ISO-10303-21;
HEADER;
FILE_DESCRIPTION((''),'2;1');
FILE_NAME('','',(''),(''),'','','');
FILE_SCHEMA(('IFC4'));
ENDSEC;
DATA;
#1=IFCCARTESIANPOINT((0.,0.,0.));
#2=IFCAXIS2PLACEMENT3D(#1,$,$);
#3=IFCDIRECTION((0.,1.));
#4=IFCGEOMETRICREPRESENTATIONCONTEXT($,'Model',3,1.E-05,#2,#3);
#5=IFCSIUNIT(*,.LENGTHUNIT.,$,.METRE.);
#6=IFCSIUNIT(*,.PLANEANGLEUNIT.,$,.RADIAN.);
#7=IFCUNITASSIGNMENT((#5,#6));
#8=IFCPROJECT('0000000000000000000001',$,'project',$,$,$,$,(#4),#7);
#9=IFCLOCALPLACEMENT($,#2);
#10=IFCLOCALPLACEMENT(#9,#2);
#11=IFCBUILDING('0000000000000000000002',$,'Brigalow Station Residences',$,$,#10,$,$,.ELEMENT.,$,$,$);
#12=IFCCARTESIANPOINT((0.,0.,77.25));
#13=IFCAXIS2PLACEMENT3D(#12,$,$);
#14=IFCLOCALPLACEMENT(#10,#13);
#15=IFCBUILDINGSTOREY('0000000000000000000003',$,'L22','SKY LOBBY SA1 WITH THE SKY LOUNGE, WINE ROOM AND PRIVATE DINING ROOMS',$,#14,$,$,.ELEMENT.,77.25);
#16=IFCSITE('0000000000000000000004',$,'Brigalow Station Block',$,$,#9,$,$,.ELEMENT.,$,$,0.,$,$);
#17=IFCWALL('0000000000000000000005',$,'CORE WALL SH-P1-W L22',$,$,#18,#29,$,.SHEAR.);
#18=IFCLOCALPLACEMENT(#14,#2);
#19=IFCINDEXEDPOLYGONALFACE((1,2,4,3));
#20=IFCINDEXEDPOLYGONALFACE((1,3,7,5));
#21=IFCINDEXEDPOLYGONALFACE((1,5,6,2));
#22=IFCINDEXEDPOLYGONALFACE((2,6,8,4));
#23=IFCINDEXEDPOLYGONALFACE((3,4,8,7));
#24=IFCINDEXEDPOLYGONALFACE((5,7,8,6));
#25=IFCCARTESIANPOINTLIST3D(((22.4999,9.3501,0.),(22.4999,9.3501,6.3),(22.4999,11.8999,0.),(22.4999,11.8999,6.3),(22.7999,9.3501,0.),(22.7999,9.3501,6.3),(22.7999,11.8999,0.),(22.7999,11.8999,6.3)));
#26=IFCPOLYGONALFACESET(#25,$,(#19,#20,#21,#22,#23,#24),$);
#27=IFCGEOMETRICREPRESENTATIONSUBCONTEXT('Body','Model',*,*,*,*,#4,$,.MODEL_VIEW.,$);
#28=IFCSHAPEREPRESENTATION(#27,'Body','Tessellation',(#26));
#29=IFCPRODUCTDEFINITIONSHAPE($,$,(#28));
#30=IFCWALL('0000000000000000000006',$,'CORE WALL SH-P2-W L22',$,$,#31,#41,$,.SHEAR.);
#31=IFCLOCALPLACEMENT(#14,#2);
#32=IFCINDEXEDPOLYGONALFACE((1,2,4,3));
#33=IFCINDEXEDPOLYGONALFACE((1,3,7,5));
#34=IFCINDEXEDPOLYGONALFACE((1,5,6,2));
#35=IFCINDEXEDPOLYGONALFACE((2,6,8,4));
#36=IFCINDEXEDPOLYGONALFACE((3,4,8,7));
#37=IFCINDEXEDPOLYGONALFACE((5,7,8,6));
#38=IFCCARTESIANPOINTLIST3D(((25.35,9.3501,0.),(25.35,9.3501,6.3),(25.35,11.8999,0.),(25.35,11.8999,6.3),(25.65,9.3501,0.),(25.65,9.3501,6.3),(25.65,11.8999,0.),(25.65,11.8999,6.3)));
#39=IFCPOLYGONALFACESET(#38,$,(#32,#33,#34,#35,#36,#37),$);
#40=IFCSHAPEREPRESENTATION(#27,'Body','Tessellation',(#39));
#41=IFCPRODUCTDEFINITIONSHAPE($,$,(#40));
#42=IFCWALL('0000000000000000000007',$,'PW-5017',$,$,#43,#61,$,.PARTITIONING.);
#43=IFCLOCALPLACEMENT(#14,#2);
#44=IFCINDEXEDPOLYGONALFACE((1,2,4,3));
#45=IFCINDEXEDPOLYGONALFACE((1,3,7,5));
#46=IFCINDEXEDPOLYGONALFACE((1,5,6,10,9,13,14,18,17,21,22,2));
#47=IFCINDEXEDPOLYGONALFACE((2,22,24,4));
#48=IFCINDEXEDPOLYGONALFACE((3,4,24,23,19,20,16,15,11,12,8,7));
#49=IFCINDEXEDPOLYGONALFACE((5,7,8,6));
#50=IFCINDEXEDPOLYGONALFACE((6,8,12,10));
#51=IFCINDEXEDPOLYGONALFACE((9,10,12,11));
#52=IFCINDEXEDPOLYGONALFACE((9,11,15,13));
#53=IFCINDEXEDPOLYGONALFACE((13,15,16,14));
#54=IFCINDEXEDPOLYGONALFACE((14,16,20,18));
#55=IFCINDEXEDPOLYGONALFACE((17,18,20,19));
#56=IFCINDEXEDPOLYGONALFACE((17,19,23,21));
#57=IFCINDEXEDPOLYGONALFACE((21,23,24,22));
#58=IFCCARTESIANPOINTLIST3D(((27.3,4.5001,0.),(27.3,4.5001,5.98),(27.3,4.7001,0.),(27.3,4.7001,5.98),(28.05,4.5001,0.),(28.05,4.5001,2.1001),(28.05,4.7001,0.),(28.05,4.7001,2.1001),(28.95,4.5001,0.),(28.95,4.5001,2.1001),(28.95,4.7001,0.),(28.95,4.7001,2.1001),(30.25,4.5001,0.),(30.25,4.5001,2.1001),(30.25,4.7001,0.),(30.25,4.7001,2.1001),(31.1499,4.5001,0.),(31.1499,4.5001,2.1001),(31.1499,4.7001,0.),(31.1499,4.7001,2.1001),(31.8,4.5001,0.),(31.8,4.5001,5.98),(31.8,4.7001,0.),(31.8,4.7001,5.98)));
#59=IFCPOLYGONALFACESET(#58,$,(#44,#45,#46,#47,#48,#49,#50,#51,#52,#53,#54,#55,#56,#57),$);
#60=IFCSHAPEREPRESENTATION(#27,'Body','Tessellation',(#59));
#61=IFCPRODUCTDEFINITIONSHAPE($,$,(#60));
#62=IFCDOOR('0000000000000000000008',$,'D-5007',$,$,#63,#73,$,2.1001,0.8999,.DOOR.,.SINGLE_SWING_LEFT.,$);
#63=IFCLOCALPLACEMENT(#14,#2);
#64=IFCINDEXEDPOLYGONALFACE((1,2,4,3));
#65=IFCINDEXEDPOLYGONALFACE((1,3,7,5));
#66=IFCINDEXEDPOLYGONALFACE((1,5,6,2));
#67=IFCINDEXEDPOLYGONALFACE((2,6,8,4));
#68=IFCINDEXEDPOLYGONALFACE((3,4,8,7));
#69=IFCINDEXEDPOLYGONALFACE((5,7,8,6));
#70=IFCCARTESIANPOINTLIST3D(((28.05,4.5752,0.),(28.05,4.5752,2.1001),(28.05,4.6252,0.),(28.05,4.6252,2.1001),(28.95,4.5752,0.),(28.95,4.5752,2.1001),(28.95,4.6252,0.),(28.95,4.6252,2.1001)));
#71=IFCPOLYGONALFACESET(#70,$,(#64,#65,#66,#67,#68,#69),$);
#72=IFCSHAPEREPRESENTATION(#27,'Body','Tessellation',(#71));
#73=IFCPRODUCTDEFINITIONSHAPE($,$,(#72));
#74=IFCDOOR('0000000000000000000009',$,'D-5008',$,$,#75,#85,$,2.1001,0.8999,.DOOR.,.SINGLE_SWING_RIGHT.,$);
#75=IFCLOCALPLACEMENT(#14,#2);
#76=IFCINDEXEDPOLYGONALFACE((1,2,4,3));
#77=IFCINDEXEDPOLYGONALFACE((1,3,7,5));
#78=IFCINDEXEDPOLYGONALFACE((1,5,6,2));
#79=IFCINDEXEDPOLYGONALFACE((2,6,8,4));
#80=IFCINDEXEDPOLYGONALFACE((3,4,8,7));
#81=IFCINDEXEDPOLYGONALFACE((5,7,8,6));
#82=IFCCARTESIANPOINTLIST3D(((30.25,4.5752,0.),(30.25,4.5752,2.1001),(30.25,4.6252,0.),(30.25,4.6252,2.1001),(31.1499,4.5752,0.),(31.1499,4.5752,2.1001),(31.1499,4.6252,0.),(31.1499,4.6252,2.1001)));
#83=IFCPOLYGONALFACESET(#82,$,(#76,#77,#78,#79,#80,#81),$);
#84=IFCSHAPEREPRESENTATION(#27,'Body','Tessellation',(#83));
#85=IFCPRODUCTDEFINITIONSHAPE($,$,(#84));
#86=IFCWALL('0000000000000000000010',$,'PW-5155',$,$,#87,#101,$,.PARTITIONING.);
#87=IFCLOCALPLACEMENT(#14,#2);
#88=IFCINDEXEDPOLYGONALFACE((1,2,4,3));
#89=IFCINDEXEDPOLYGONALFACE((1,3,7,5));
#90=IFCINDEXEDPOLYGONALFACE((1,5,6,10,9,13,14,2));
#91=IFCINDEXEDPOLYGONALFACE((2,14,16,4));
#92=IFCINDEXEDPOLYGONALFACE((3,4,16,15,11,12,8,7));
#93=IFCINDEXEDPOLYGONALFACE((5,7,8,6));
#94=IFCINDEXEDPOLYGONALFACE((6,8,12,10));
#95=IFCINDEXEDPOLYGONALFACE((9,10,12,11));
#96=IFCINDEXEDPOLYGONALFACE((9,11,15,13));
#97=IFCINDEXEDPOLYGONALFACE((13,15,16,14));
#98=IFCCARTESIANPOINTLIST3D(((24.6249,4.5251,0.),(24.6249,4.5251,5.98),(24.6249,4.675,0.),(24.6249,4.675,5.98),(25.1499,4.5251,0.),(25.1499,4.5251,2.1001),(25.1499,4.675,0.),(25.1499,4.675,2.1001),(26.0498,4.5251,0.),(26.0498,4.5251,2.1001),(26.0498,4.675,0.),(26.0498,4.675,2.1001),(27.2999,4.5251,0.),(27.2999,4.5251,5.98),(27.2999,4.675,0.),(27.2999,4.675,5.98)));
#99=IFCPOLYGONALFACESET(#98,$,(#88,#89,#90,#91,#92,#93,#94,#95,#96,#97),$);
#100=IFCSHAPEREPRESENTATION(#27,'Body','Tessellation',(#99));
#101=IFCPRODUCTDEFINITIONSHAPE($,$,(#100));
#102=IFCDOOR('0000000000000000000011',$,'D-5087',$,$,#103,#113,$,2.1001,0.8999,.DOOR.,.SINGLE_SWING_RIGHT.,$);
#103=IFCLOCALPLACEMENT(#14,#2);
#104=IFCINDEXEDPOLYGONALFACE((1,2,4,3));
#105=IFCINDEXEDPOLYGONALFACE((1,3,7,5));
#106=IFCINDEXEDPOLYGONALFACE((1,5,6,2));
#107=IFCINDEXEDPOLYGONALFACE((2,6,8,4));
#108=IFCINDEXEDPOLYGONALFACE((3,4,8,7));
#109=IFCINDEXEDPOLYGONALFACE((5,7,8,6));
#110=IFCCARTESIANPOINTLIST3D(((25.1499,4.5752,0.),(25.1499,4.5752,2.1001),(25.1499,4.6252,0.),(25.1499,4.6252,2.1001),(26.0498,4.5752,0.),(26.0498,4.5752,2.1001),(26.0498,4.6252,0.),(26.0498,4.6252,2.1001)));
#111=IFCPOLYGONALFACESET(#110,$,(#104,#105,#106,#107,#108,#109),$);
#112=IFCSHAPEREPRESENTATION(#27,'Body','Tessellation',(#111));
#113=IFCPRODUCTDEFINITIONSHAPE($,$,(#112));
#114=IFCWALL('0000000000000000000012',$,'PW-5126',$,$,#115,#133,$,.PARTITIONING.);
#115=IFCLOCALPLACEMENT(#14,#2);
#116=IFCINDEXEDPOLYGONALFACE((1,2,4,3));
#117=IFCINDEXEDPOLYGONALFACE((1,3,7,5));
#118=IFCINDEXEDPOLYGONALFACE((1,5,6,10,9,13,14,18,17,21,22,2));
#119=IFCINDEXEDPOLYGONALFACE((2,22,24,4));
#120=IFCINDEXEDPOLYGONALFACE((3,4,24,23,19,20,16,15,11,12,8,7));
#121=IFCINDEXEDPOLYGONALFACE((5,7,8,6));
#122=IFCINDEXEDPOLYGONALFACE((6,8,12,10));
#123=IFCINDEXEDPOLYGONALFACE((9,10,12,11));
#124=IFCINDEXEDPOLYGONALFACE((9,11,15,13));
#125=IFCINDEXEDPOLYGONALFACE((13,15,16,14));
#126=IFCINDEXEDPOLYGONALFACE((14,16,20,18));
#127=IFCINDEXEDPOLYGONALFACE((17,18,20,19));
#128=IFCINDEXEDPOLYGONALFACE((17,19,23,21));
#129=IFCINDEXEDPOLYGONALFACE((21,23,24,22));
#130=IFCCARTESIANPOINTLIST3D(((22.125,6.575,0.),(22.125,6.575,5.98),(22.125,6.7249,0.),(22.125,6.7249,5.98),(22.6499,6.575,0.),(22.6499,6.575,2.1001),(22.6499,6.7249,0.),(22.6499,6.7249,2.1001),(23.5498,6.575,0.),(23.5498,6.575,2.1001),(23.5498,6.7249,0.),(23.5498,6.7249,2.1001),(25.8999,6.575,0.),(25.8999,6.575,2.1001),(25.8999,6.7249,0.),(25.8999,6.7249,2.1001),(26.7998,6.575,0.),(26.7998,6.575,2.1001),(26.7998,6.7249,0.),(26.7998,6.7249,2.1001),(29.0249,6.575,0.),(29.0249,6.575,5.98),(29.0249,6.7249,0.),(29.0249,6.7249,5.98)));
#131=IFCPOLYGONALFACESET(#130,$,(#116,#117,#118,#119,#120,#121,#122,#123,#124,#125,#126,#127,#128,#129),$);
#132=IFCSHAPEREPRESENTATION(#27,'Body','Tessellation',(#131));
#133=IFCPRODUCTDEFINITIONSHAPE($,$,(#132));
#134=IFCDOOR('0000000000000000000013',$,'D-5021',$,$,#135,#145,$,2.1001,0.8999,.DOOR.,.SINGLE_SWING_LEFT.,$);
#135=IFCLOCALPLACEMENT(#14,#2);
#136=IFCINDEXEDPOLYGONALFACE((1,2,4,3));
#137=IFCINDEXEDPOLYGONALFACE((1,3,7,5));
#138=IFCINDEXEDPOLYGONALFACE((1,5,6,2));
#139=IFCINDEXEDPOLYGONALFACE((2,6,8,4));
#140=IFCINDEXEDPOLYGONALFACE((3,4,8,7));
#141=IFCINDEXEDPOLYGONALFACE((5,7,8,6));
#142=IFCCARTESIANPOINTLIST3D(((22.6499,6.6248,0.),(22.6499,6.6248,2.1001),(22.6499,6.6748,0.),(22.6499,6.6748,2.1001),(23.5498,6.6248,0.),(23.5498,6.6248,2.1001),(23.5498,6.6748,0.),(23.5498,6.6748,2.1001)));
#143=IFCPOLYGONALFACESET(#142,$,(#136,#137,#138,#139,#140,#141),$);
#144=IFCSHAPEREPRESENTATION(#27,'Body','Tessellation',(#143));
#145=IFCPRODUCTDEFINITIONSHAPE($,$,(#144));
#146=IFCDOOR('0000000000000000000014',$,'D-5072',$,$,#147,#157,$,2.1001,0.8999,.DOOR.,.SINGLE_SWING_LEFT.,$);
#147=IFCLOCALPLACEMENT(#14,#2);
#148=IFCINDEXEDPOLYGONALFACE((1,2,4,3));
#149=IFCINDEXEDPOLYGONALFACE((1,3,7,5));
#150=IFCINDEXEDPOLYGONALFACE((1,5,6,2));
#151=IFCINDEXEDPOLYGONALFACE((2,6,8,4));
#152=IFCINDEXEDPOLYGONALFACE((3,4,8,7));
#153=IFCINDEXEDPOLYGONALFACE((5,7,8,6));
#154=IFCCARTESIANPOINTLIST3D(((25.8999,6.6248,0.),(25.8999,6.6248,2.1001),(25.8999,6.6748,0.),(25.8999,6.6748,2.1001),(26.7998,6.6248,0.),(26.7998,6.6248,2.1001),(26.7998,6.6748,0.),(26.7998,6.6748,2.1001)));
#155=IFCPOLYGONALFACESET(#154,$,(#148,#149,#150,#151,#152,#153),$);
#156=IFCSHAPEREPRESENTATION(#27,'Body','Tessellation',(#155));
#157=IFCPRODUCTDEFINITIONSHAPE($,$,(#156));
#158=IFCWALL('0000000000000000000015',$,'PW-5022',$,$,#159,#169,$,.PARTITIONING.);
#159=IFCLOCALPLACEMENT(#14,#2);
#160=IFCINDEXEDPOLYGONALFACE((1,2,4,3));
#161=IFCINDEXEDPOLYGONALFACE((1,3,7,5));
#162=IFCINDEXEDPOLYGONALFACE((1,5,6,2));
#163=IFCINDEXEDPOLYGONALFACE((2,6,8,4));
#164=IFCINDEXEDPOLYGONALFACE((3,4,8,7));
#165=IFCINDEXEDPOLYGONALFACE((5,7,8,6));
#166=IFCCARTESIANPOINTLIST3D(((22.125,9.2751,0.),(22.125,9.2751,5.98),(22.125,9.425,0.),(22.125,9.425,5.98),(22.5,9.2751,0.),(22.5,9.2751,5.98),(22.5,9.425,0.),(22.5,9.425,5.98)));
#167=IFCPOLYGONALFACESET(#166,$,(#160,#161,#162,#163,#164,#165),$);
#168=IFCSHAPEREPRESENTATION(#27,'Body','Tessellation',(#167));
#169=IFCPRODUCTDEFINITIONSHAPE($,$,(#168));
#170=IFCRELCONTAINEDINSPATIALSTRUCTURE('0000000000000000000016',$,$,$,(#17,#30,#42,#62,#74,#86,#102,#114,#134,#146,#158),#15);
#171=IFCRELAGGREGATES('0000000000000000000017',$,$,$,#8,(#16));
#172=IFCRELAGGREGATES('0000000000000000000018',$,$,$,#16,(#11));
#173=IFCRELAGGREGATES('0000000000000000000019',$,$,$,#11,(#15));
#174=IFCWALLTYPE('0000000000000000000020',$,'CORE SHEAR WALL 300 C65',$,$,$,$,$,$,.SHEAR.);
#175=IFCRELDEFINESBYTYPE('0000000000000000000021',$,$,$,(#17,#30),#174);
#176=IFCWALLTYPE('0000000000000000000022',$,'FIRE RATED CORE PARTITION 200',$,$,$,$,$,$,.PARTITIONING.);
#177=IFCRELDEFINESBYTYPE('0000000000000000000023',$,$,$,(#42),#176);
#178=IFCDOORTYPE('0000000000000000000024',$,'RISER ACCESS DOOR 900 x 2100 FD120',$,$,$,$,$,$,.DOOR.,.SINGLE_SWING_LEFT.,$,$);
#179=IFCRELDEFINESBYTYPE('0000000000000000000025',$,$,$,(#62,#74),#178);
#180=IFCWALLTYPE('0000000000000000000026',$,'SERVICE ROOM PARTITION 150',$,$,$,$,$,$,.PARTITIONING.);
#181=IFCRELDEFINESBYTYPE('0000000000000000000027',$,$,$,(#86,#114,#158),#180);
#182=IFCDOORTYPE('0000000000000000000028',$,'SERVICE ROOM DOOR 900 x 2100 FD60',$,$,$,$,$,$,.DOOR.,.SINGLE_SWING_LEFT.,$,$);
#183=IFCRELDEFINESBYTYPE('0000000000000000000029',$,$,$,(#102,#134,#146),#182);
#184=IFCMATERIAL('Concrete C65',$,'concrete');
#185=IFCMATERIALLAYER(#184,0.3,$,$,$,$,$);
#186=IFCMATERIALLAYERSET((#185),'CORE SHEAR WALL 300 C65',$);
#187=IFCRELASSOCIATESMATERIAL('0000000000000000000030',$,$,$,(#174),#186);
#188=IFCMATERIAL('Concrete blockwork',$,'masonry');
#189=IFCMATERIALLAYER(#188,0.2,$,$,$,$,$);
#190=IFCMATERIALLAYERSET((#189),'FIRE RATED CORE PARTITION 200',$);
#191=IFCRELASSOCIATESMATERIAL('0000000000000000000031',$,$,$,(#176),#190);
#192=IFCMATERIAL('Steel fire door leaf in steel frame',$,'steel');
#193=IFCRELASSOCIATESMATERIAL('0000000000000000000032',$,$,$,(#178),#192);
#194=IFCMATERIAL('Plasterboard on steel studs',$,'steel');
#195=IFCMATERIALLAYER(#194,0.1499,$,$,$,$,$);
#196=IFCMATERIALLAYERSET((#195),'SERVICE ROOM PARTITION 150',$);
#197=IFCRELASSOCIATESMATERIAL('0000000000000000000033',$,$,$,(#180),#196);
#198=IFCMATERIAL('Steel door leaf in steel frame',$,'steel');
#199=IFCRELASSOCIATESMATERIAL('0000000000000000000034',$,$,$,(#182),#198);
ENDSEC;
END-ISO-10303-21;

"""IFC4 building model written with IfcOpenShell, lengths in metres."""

from ifc_helpers import new_model, si_unit, direction, frame, frame_2d, origin, place, context, subcontext, project, spatial, rectangle, extrude, material, layer, layer_set, type_object, element, fill, save


model = new_model("IFC4")

# Units and contexts
model_context = context("Model", 3, precision=1e-05, world=origin(), true_north=direction((0.0, 1.0)))
body_context = subcontext(model_context, "Body", "Model", "MODEL_VIEW")
ifc_project = project(units=[si_unit("LENGTHUNIT", "METRE"), si_unit("PLANEANGLEUNIT", "RADIAN")], contexts=[model_context])

# Site, building, storey
site_placement = place(None, origin())
site = spatial("IfcSite", under=ifc_project, at=site_placement, Name="Brigalow Station Block", CompositionType="ELEMENT", RefElevation=0.0)
building_placement = place(site_placement, origin())
building = spatial("IfcBuilding", under=site, at=building_placement, Name="Brigalow Station Residences", CompositionType="ELEMENT")
storey_placement = place(building_placement, frame((0.0, 0.0, 77.25)))
storey = spatial("IfcBuildingStorey", under=building, at=storey_placement, Name="L22", Description="SKY LOBBY SA1 WITH THE SKY LOUNGE, WINE ROOM AND PRIVATE DINING ROOMS", CompositionType="ELEMENT", Elevation=77.25)

# Walls
ifc_material_1 = material(Name="Concrete C65", Category="concrete")
ifc_layer_1 = layer(ifc_material_1, 0.3)
ifc_layer_set_1 = layer_set([ifc_layer_1], Name="CORE SHEAR WALL 300 C65")
wall_type_1 = type_object("IfcWallType", Name="CORE SHEAR WALL 300 C65", PredefinedType="SHEAR", material=ifc_layer_set_1)
for number, where, z_axis, x_axis, name in (
    (1, (22.6499, 9.3501, 0.0), (0.0, 0.0, 1.0), (0.0, 1.0, 0.0), "CORE WALL SH-P1-W L22"),
    (2, (25.5, 9.3501, 0.0), (0.0, 0.0, 1.0), (0.0, 1.0, 0.0), "CORE WALL SH-P2-W L22"),
):
    element("IfcWall", number, at=place(storey_placement, frame(where, z_axis=z_axis, x_axis=x_axis)), inside=storey, type_object=wall_type_1, Name=name, PredefinedType="SHEAR", context=body_context, shape_type="SweptSolid", body=[
        extrude(rectangle(XDim=2.5498, YDim=0.3, at=frame_2d((1.2749, 0.0))), origin(), (0.0, 0.0, 1.0), 6.3),
    ])

# Wall, openings, doors
ifc_material_2 = material(Name="Concrete blockwork", Category="masonry")
ifc_layer_2 = layer(ifc_material_2, 0.2)
ifc_layer_set_2 = layer_set([ifc_layer_2], Name="FIRE RATED CORE PARTITION 200")
wall_type_2 = type_object("IfcWallType", Name="FIRE RATED CORE PARTITION 200", PredefinedType="PARTITIONING", material=ifc_layer_set_2)
wall_1_placement = place(storey_placement, frame((27.3, 4.6001, 0.0), z_axis=(0.0, 0.0, 1.0), x_axis=(1.0, 0.0, 0.0)))
wall_1 = element("IfcWall", 3, at=wall_1_placement, inside=storey, type_object=wall_type_2, Name="PW-5017", PredefinedType="PARTITIONING", context=body_context, shape_type="SweptSolid", body=[
    extrude(rectangle(XDim=4.5, YDim=0.2, at=frame_2d((2.25, 0.0))), origin(), (0.0, 0.0, 1.0), 5.98),
])
opening_1_placement = place(wall_1_placement, frame((0.75, 0.0, 0.0)))
opening_1 = element("IfcOpeningElement", 4, at=opening_1_placement, cuts=wall_1, PredefinedType="OPENING", context=body_context, shape_type="SweptSolid", body=[
    extrude(rectangle(XDim=0.8999, YDim=2.1001, at=frame_2d((0.45, 1.05))), frame((0.0, 0.1099, 0.0), z_axis=(0.0, -1.0, 0.0), x_axis=(1.0, 0.0, 0.0)), (0.0, 0.0, 1.0), 0.22),
])
opening_2_placement = place(wall_1_placement, frame((2.95, 0.0, 0.0)))
opening_2 = element("IfcOpeningElement", 5, at=opening_2_placement, cuts=wall_1, PredefinedType="OPENING", context=body_context, shape_type="SweptSolid", body=[
    extrude(rectangle(XDim=0.8999, YDim=2.1001, at=frame_2d((0.45, 1.05))), frame((0.0, 0.1099, 0.0), z_axis=(0.0, -1.0, 0.0), x_axis=(1.0, 0.0, 0.0)), (0.0, 0.0, 1.0), 0.22),
])
ifc_material_3 = material(Name="Steel fire door leaf in steel frame", Category="steel")
door_type_1 = type_object("IfcDoorType", Name="RISER ACCESS DOOR 900 x 2100 FD120", OperationType="SINGLE_SWING_LEFT", PredefinedType="DOOR", material=ifc_material_3)
door_1_placement = place(opening_1_placement, frame((0.8999, 0.0, 0.0), z_axis=(0.0, 0.0, 1.0), x_axis=(-1.0, 0.0, 0.0)))
door_1 = element("IfcDoor", 6, at=door_1_placement, inside=storey, type_object=door_type_1, Name="D-5007", OperationType="SINGLE_SWING_LEFT", OverallHeight=2.1001, OverallWidth=0.8999, PredefinedType="DOOR", context=body_context, shape_type="SweptSolid", body=[
    extrude(rectangle(XDim=0.8999, YDim=2.1001, at=frame_2d((0.45, 1.05))), frame((0.0, 0.0249, 0.0), z_axis=(0.0, -1.0, 0.0), x_axis=(1.0, 0.0, 0.0)), (0.0, 0.0, 1.0), 0.05),
])
fill(opening_1, door_1)
door_2_placement = place(opening_2_placement, frame((0.8999, 0.0, 0.0), z_axis=(0.0, 0.0, 1.0), x_axis=(-1.0, 0.0, 0.0)))
door_2 = element("IfcDoor", 7, at=door_2_placement, inside=storey, type_object=door_type_1, Name="D-5008", OperationType="SINGLE_SWING_RIGHT", OverallHeight=2.1001, OverallWidth=0.8999, PredefinedType="DOOR", context=body_context, shape_type="SweptSolid", body=[
    extrude(rectangle(XDim=0.8999, YDim=2.1001, at=frame_2d((0.45, 1.05))), frame((0.0, 0.0249, 0.0), z_axis=(0.0, -1.0, 0.0), x_axis=(1.0, 0.0, 0.0)), (0.0, 0.0, 1.0), 0.05),
])
fill(opening_2, door_2)

# Wall, opening, door
ifc_material_4 = material(Name="Plasterboard on steel studs", Category="steel")
ifc_layer_3 = layer(ifc_material_4, 0.1499)
ifc_layer_set_3 = layer_set([ifc_layer_3], Name="SERVICE ROOM PARTITION 150")
wall_type_3 = type_object("IfcWallType", Name="SERVICE ROOM PARTITION 150", PredefinedType="PARTITIONING", material=ifc_layer_set_3)
wall_2_placement = place(storey_placement, frame((24.625, 4.6001, 0.0), z_axis=(0.0, 0.0, 1.0), x_axis=(1.0, 0.0, 0.0)))
wall_2 = element("IfcWall", 8, at=wall_2_placement, inside=storey, type_object=wall_type_3, Name="PW-5155", PredefinedType="PARTITIONING", context=body_context, shape_type="SweptSolid", body=[
    extrude(rectangle(XDim=2.675, YDim=0.1499, at=frame_2d((1.3374, 0.0))), origin(), (0.0, 0.0, 1.0), 5.98),
])
opening_3_placement = place(wall_2_placement, frame((0.5249, 0.0, 0.0)))
opening_3 = element("IfcOpeningElement", 9, at=opening_3_placement, cuts=wall_2, PredefinedType="OPENING", context=body_context, shape_type="SweptSolid", body=[
    extrude(rectangle(XDim=0.8999, YDim=2.1001, at=frame_2d((0.45, 1.05))), frame((0.0, 0.085, 0.0), z_axis=(0.0, -1.0, 0.0), x_axis=(1.0, 0.0, 0.0)), (0.0, 0.0, 1.0), 0.1699),
])
ifc_material_5 = material(Name="Steel door leaf in steel frame", Category="steel")
door_type_2 = type_object("IfcDoorType", Name="SERVICE ROOM DOOR 900 x 2100 FD60", OperationType="SINGLE_SWING_LEFT", PredefinedType="DOOR", material=ifc_material_5)
door_3_placement = place(opening_3_placement, frame((0.8999, 0.0, 0.0), z_axis=(0.0, 0.0, 1.0), x_axis=(-1.0, 0.0, 0.0)))
door_3 = element("IfcDoor", 10, at=door_3_placement, inside=storey, type_object=door_type_2, Name="D-5087", OperationType="SINGLE_SWING_RIGHT", OverallHeight=2.1001, OverallWidth=0.8999, PredefinedType="DOOR", context=body_context, shape_type="SweptSolid", body=[
    extrude(rectangle(XDim=0.8999, YDim=2.1001, at=frame_2d((0.45, 1.05))), frame((0.0, 0.0249, 0.0), z_axis=(0.0, -1.0, 0.0), x_axis=(1.0, 0.0, 0.0)), (0.0, 0.0, 1.0), 0.05),
])
fill(opening_3, door_3)

# Wall, openings, doors
wall_3_placement = place(storey_placement, frame((22.125, 6.6499, 0.0), z_axis=(0.0, 0.0, 1.0), x_axis=(1.0, 0.0, 0.0)))
wall_3 = element("IfcWall", 11, at=wall_3_placement, inside=storey, type_object=wall_type_3, Name="PW-5126", PredefinedType="PARTITIONING", context=body_context, shape_type="SweptSolid", body=[
    extrude(rectangle(XDim=6.8999, YDim=0.1499, at=frame_2d((3.45, 0.0))), origin(), (0.0, 0.0, 1.0), 5.98),
])
opening_4_placement = place(wall_3_placement, frame((0.5249, 0.0, 0.0)))
opening_4 = element("IfcOpeningElement", 12, at=opening_4_placement, cuts=wall_3, PredefinedType="OPENING", context=body_context, shape_type="SweptSolid", body=[
    extrude(rectangle(XDim=0.8999, YDim=2.1001, at=frame_2d((0.45, 1.05))), frame((0.0, 0.085, 0.0), z_axis=(0.0, -1.0, 0.0), x_axis=(1.0, 0.0, 0.0)), (0.0, 0.0, 1.0), 0.1699),
])
opening_5_placement = place(wall_3_placement, frame((3.7749, 0.0, 0.0)))
opening_5 = element("IfcOpeningElement", 13, at=opening_5_placement, cuts=wall_3, PredefinedType="OPENING", context=body_context, shape_type="SweptSolid", body=[
    extrude(rectangle(XDim=0.8999, YDim=2.1001, at=frame_2d((0.45, 1.05))), frame((0.0, 0.085, 0.0), z_axis=(0.0, -1.0, 0.0), x_axis=(1.0, 0.0, 0.0)), (0.0, 0.0, 1.0), 0.1699),
])
door_4_placement = place(opening_4_placement, origin())
door_4 = element("IfcDoor", 14, at=door_4_placement, inside=storey, type_object=door_type_2, Name="D-5021", OperationType="SINGLE_SWING_LEFT", OverallHeight=2.1001, OverallWidth=0.8999, PredefinedType="DOOR", context=body_context, shape_type="SweptSolid", body=[
    extrude(rectangle(XDim=0.8999, YDim=2.1001, at=frame_2d((0.45, 1.05))), frame((0.0, 0.0249, 0.0), z_axis=(0.0, -1.0, 0.0), x_axis=(1.0, 0.0, 0.0)), (0.0, 0.0, 1.0), 0.05),
])
fill(opening_4, door_4)
door_5_placement = place(opening_5_placement, origin())
door_5 = element("IfcDoor", 15, at=door_5_placement, inside=storey, type_object=door_type_2, Name="D-5072", OperationType="SINGLE_SWING_LEFT", OverallHeight=2.1001, OverallWidth=0.8999, PredefinedType="DOOR", context=body_context, shape_type="SweptSolid", body=[
    extrude(rectangle(XDim=0.8999, YDim=2.1001, at=frame_2d((0.45, 1.05))), frame((0.0, 0.0249, 0.0), z_axis=(0.0, -1.0, 0.0), x_axis=(1.0, 0.0, 0.0)), (0.0, 0.0, 1.0), 0.05),
])
fill(opening_5, door_5)

# Wall
wall_4_placement = place(storey_placement, frame((22.125, 9.3501, 0.0), z_axis=(0.0, 0.0, 1.0), x_axis=(1.0, 0.0, 0.0)))
element("IfcWall", 16, at=wall_4_placement, inside=storey, type_object=wall_type_3, Name="PW-5022", PredefinedType="PARTITIONING", context=body_context, shape_type="SweptSolid", body=[
    extrude(rectangle(XDim=0.375, YDim=0.1499, at=frame_2d((0.1875, 0.0))), origin(), (0.0, 0.0, 1.0), 5.98),
])

save(model, "model.ifc")
